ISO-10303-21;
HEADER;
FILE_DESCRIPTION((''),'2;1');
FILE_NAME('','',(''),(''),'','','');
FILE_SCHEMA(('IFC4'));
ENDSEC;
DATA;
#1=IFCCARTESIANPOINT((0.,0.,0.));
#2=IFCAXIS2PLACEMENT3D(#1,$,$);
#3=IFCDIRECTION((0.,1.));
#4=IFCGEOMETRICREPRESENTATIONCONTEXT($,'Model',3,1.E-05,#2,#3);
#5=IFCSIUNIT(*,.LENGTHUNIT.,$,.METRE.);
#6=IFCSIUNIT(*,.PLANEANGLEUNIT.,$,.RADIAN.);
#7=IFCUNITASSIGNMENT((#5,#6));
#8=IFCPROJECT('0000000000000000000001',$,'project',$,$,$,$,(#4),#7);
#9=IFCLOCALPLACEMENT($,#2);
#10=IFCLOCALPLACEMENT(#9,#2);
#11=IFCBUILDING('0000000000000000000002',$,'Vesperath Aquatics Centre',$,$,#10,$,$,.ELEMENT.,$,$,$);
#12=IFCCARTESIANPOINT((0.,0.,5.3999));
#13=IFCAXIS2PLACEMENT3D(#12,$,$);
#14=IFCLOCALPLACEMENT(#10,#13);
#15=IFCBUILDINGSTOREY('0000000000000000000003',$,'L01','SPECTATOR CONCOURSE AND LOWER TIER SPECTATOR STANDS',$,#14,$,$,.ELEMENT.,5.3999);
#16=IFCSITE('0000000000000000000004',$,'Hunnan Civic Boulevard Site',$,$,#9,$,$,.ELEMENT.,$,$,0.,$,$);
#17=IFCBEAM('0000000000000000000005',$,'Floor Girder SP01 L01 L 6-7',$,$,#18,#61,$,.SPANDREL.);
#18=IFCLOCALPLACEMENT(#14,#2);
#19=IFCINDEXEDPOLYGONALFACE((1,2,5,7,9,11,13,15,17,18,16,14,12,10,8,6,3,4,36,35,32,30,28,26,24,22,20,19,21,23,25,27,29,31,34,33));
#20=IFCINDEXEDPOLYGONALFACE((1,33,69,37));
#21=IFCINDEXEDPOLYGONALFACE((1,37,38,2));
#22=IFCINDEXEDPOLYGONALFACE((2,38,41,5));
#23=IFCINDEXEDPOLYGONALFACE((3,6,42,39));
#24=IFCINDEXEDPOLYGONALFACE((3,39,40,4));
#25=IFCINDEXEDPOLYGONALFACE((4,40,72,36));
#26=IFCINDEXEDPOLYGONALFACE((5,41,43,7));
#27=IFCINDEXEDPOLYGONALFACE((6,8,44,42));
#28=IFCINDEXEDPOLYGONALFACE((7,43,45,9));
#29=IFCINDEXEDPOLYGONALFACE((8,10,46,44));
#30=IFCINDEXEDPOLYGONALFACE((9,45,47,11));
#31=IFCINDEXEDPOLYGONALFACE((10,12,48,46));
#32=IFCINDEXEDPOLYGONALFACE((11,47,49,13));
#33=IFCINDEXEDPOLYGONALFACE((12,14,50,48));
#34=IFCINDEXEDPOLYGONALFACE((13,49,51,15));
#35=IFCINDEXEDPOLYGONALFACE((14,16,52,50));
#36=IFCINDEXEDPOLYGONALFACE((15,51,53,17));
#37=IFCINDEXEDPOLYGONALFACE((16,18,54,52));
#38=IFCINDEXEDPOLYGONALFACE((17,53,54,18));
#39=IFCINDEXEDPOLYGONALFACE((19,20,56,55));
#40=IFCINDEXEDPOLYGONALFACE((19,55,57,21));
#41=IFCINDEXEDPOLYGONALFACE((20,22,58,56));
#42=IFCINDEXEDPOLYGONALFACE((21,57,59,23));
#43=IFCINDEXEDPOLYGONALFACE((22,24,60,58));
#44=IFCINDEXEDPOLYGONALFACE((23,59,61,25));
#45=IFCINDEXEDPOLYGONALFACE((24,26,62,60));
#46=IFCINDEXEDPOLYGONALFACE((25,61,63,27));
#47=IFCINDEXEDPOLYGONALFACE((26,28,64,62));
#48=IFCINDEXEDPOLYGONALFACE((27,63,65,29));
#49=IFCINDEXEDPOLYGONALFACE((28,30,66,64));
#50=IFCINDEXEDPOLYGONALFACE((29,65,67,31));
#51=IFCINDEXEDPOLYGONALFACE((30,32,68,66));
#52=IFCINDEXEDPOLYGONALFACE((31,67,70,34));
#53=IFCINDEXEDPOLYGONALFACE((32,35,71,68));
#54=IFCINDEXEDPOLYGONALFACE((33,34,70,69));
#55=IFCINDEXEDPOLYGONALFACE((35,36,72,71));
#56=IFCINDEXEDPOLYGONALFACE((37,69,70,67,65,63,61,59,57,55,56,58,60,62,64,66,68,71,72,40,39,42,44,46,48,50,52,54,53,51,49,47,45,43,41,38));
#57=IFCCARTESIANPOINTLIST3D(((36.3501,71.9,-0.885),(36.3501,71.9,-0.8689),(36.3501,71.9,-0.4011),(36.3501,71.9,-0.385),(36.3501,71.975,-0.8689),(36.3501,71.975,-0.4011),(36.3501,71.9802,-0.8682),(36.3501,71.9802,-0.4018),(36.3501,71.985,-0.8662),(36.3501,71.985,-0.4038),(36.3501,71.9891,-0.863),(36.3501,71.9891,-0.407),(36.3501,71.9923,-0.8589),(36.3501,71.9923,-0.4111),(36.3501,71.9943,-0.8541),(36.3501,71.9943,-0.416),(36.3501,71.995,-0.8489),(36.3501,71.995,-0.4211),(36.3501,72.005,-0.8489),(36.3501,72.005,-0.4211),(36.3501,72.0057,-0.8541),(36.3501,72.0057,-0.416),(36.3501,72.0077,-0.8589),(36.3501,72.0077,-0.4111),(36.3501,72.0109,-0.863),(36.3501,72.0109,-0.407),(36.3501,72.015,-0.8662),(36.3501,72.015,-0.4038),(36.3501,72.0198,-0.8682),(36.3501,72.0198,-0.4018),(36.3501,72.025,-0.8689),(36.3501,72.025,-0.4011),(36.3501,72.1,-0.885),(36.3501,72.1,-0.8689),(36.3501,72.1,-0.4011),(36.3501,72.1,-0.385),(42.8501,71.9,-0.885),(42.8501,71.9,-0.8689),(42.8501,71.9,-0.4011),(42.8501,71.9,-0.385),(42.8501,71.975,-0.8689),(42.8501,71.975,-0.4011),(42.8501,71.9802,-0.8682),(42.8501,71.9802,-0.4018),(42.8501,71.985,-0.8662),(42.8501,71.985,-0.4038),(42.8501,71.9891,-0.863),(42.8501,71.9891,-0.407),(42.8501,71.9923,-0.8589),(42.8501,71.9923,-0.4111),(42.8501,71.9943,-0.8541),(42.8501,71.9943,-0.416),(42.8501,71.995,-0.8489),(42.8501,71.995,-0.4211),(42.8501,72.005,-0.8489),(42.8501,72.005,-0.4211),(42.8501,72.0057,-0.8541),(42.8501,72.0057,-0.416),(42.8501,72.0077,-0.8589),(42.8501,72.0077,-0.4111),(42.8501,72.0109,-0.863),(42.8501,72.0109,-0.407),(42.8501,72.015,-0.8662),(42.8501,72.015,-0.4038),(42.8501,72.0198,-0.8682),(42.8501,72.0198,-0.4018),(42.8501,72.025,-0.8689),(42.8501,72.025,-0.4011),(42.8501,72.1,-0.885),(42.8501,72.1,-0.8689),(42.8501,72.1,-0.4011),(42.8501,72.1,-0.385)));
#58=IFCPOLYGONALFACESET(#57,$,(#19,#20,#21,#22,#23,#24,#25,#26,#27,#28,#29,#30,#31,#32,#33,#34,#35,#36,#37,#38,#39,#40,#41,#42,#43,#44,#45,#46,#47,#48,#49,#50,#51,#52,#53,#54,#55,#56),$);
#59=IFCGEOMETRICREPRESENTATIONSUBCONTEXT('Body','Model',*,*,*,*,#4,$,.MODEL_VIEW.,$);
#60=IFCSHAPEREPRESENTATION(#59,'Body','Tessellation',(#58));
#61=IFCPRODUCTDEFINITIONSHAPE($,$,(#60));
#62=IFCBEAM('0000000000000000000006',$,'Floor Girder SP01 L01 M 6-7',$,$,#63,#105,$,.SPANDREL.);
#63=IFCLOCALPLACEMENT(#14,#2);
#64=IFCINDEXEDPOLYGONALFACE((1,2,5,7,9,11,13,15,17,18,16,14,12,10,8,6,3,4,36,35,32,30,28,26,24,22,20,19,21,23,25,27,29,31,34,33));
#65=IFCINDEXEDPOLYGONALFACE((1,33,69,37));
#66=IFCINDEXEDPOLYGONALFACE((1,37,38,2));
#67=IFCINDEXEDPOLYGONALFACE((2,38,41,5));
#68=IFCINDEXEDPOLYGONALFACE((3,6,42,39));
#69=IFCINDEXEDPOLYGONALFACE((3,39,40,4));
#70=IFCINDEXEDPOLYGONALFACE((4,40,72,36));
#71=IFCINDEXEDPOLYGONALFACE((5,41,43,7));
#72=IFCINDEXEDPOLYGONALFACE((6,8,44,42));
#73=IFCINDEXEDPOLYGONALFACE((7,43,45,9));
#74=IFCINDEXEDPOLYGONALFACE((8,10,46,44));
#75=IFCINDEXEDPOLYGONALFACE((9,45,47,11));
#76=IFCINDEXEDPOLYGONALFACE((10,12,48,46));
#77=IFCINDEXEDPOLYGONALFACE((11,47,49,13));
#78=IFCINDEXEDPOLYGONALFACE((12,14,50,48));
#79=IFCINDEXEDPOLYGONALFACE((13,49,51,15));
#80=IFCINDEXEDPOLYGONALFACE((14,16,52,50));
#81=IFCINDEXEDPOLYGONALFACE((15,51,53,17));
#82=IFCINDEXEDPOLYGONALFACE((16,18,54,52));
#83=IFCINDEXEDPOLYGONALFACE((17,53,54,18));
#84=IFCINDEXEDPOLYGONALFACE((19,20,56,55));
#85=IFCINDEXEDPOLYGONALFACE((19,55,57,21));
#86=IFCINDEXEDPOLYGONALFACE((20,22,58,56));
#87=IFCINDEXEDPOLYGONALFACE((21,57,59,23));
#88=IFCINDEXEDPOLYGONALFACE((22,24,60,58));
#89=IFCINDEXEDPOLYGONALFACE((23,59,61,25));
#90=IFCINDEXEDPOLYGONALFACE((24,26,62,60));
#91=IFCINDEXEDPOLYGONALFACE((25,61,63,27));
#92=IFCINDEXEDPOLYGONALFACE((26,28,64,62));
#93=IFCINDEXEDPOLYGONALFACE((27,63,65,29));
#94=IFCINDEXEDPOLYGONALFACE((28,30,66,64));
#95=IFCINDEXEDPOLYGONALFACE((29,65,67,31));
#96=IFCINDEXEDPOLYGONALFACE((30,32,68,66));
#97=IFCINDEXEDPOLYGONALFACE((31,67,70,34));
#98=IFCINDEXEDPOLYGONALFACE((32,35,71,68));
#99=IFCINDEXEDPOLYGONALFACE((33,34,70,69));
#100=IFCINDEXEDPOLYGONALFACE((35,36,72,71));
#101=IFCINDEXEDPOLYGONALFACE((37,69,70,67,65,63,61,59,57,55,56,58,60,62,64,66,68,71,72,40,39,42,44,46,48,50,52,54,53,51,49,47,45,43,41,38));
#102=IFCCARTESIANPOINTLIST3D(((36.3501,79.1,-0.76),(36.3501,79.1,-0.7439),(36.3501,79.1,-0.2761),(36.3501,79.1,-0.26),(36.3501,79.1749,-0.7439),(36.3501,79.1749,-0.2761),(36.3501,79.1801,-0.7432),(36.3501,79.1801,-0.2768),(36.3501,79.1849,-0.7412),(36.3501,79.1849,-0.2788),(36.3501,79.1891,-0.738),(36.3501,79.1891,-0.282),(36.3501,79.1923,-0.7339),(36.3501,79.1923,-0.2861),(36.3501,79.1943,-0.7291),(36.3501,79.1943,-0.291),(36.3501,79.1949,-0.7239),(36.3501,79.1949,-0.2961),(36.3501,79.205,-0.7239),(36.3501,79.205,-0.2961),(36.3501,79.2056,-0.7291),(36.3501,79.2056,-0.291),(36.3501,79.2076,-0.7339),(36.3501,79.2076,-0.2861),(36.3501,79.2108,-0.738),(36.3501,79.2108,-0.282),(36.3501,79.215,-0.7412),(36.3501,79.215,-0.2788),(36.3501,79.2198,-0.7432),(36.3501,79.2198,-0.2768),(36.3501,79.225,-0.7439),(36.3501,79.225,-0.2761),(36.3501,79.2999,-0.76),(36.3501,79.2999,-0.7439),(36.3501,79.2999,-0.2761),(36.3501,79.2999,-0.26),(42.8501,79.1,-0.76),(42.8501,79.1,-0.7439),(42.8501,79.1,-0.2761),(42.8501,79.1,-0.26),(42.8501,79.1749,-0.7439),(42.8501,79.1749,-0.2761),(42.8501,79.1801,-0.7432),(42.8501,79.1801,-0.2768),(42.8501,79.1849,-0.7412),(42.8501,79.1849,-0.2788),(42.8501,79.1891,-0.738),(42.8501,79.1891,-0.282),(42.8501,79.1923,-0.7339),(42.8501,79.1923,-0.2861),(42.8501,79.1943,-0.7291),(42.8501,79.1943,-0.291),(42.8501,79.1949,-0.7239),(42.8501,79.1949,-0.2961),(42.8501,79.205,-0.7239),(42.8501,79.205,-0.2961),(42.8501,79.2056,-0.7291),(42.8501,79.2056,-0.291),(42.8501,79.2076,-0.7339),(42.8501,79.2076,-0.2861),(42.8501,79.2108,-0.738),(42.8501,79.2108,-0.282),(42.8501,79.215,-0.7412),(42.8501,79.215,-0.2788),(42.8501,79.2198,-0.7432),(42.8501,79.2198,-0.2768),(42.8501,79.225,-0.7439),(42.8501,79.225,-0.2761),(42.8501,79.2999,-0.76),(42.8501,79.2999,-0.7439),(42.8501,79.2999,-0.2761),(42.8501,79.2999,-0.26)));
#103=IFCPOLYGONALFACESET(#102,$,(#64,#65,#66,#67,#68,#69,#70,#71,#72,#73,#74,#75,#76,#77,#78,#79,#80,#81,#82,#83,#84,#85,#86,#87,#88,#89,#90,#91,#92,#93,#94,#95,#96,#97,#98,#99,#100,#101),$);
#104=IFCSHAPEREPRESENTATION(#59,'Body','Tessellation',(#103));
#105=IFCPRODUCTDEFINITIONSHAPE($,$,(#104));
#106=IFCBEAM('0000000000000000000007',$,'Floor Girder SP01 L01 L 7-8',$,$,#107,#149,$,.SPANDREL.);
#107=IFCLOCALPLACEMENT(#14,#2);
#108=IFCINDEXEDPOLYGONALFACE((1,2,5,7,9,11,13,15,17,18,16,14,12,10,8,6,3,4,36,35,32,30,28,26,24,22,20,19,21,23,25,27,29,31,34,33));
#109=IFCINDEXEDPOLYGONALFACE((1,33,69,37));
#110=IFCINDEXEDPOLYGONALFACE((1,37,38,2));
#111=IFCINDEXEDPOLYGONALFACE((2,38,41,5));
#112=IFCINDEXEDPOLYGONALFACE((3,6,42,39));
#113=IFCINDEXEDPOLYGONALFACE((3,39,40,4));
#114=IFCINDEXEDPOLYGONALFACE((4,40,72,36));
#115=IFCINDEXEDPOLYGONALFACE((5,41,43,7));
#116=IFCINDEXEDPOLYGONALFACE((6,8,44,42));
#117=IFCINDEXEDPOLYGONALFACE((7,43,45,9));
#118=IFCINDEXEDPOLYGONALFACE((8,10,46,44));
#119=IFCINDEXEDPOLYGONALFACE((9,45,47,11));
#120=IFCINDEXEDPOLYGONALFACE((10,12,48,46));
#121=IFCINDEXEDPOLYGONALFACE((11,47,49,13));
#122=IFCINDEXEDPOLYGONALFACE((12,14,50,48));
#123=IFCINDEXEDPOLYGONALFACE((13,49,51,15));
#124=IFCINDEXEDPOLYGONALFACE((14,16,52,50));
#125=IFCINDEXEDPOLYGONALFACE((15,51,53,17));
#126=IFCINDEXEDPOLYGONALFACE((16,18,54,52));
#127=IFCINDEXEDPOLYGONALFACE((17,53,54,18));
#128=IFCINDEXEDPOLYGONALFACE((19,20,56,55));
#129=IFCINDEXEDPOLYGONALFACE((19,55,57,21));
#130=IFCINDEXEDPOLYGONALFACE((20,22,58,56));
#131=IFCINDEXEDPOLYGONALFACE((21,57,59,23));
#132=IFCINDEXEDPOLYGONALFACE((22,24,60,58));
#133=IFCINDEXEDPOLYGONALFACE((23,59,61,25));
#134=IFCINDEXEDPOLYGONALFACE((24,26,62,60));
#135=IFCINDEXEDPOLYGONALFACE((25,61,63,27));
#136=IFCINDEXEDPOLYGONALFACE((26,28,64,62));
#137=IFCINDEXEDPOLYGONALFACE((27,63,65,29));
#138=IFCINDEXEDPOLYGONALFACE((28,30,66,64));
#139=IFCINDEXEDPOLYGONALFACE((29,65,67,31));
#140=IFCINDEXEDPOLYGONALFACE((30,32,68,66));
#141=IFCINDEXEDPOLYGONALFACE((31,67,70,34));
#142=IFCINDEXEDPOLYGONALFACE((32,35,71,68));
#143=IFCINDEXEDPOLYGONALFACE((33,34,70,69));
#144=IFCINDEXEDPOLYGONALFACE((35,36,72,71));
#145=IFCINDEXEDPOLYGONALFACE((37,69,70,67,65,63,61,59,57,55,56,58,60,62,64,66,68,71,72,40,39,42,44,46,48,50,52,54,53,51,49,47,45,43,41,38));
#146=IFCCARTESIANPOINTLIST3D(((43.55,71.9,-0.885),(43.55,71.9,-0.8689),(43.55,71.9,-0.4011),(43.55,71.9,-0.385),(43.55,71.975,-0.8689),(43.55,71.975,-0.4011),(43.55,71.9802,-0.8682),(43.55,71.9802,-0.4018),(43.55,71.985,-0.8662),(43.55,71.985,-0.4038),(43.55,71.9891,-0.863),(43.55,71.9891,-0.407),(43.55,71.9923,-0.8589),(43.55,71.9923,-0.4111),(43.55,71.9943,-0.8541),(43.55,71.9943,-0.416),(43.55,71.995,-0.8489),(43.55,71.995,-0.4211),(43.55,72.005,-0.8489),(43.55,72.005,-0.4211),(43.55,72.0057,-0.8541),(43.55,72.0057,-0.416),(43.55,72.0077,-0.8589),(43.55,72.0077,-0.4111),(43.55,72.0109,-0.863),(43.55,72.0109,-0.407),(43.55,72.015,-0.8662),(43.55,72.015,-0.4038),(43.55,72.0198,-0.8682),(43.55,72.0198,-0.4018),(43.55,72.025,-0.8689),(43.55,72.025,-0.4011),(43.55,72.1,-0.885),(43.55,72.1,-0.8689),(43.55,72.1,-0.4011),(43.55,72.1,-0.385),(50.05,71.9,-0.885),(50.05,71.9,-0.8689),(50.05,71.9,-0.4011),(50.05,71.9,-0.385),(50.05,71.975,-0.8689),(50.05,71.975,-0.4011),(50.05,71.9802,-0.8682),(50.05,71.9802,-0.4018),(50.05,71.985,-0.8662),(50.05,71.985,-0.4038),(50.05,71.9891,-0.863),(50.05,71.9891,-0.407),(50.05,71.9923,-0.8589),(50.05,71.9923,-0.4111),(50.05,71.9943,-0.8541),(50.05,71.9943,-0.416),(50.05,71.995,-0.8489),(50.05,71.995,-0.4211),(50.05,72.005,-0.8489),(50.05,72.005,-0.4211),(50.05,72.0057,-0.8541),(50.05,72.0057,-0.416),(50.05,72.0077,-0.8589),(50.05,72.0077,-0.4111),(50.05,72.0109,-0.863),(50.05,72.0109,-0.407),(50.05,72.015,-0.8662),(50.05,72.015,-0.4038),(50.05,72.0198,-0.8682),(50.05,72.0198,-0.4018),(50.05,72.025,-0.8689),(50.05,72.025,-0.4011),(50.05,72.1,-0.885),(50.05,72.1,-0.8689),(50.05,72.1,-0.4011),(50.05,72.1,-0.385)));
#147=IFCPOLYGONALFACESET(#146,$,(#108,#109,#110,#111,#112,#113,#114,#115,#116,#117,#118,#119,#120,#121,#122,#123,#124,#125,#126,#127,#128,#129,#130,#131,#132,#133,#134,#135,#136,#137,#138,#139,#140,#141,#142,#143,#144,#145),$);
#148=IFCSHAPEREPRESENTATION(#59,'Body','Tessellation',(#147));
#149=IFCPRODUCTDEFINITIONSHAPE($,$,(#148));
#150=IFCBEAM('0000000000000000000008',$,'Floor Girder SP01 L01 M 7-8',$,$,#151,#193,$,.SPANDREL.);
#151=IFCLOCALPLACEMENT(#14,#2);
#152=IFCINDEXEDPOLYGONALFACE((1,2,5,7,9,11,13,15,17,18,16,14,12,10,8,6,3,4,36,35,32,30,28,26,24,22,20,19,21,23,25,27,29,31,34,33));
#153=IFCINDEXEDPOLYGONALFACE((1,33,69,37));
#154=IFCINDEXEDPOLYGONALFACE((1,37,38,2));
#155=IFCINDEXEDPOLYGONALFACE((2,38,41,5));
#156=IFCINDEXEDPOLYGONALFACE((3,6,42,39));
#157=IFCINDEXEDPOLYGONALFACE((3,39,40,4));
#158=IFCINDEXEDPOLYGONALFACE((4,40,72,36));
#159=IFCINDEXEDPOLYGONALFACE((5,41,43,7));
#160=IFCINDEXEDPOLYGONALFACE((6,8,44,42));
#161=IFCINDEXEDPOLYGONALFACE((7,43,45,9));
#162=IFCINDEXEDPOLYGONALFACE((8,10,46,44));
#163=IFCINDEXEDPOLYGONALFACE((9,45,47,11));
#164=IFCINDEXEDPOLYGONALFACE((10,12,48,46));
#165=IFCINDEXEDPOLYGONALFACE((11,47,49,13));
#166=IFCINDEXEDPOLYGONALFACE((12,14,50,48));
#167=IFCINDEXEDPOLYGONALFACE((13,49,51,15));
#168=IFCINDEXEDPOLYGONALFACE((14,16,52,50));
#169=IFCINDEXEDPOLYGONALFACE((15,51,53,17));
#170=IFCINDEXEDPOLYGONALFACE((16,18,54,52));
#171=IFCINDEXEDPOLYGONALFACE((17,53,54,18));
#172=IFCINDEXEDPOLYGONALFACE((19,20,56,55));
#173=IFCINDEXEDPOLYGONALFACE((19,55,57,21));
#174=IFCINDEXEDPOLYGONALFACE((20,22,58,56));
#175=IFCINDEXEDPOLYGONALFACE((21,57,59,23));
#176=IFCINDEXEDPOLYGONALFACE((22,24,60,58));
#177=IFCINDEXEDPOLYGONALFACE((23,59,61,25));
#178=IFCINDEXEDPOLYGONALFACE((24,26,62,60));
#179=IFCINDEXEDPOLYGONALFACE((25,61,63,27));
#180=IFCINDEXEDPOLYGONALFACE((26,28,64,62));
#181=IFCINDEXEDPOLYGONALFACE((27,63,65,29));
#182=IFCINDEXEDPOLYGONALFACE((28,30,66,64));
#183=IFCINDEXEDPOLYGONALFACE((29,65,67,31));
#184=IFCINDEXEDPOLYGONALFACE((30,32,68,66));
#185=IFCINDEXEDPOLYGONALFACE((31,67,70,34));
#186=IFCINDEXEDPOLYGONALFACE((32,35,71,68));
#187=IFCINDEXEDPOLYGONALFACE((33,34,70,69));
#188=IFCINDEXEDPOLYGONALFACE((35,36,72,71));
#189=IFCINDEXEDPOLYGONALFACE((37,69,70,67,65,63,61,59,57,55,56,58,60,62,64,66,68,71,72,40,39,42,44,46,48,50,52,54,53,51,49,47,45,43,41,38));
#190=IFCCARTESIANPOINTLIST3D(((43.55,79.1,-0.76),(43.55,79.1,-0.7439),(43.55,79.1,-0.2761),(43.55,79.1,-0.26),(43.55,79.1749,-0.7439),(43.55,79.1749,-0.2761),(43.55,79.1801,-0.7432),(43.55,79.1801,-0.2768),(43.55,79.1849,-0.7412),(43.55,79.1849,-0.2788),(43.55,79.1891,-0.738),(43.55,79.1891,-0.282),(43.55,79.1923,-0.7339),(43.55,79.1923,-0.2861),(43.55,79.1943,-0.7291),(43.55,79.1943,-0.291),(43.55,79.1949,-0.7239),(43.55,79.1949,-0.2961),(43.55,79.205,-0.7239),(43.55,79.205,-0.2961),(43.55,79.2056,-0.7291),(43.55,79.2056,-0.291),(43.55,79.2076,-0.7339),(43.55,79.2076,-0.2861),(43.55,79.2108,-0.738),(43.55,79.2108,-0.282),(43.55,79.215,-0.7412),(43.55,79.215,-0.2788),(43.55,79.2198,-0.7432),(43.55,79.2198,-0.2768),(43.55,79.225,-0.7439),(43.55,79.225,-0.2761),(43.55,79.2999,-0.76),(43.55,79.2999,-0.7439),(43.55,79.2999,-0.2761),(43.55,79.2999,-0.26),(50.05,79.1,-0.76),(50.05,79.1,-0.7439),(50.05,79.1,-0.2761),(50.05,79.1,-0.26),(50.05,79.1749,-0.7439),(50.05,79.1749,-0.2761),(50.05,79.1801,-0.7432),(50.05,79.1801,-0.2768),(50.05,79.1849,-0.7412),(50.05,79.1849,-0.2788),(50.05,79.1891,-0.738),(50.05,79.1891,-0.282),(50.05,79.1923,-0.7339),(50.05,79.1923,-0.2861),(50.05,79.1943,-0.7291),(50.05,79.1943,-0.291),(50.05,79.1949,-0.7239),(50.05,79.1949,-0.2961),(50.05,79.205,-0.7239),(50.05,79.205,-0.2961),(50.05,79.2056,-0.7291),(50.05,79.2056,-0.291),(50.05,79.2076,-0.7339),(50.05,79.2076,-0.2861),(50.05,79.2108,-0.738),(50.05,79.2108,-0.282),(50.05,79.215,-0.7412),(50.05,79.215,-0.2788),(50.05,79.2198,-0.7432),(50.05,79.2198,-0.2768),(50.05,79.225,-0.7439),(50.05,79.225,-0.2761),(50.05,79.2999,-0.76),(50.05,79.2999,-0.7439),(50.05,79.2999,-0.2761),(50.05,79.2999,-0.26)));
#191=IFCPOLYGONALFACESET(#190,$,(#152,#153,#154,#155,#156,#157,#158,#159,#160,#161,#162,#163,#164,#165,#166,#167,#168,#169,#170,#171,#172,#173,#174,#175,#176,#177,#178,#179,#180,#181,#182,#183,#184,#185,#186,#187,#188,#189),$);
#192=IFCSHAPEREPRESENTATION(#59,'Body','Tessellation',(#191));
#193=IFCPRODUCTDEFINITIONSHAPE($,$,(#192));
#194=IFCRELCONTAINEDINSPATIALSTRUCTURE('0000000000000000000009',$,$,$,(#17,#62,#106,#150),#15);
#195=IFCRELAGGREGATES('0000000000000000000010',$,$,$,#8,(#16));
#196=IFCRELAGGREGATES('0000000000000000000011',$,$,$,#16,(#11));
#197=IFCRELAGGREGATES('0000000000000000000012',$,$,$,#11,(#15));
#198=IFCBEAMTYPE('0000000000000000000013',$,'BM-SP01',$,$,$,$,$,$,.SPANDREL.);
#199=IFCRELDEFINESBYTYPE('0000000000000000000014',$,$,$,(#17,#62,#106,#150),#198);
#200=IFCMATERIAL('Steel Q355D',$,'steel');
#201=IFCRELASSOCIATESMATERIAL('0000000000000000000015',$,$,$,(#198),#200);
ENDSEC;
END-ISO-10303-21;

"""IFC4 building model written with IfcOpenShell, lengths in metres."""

from ifc_helpers import new_model, si_unit, direction, frame, origin, origin_2d, place, context, subcontext, project, spatial, i_section, extrude, material, material_profile, profile_set, type_object, element, save


model = new_model("IFC4")

# Units and contexts
model_context = context("Model", 3, precision=1e-05, world=origin(), true_north=direction((0.0, 1.0)))
body_context = subcontext(model_context, "Body", "Model", "MODEL_VIEW")
ifc_project = project(units=[si_unit("LENGTHUNIT", "METRE"), si_unit("PLANEANGLEUNIT", "RADIAN")], contexts=[model_context])

# Site, building, storey
site_placement = place(None, origin())
site = spatial("IfcSite", under=ifc_project, at=site_placement, Name="Hunnan Civic Boulevard Site", CompositionType="ELEMENT", RefElevation=0.0)
building_placement = place(site_placement, origin())
building = spatial("IfcBuilding", under=site, at=building_placement, Name="Vesperath Aquatics Centre", CompositionType="ELEMENT")
storey_placement = place(building_placement, frame((0.0, 0.0, 5.3999)))
storey = spatial("IfcBuildingStorey", under=building, at=storey_placement, Name="L01", Description="SPECTATOR CONCOURSE AND LOWER TIER SPECTATOR STANDS", CompositionType="ELEMENT", Elevation=5.3999)

# Beams
ifc_material_1 = material(Name="Steel Q355D", Category="steel")
ifc_material_profile_1 = material_profile(ifc_material_1, i_section(OverallWidth=0.2, OverallDepth=0.5, WebThickness=0.01, FlangeThickness=0.0161, FilletRadius=0.02, at=origin_2d()), Name="HN 500x200x10x16")
ifc_profile_set_1 = profile_set([ifc_material_profile_1], Name="Steel Q355D")
beam_type_1 = type_object("IfcBeamType", Name="BM-SP01", PredefinedType="SPANDREL", material=ifc_profile_set_1)
for number, where, z_axis, x_axis, name in (
    (1, (36.3501, 72.0, -0.635), (1.0, 0.0, 0.0), (0.0, 1.0, 0.0), "Floor Girder SP01 L01 L 6-7"),
    (2, (36.3501, 79.2, -0.51), (1.0, 0.0, 0.0), (0.0, 1.0, 0.0), "Floor Girder SP01 L01 M 6-7"),
    (3, (43.55, 72.0, -0.635), (1.0, 0.0, 0.0), (0.0, 1.0, 0.0), "Floor Girder SP01 L01 L 7-8"),
    (4, (43.55, 79.2, -0.51), (1.0, 0.0, 0.0), (0.0, 1.0, 0.0), "Floor Girder SP01 L01 M 7-8"),
):
    element("IfcBeam", number, at=place(storey_placement, frame(where, z_axis=z_axis, x_axis=x_axis)), inside=storey, type_object=beam_type_1, Name=name, PredefinedType="SPANDREL", context=body_context, shape_type="SweptSolid", body=[
        extrude(i_section(OverallWidth=0.2, OverallDepth=0.5, WebThickness=0.01, FlangeThickness=0.0161, FilletRadius=0.02, at=origin_2d()), origin(), (0.0, 0.0, 1.0), 6.5),
    ])

save(model, "model.ifc")
